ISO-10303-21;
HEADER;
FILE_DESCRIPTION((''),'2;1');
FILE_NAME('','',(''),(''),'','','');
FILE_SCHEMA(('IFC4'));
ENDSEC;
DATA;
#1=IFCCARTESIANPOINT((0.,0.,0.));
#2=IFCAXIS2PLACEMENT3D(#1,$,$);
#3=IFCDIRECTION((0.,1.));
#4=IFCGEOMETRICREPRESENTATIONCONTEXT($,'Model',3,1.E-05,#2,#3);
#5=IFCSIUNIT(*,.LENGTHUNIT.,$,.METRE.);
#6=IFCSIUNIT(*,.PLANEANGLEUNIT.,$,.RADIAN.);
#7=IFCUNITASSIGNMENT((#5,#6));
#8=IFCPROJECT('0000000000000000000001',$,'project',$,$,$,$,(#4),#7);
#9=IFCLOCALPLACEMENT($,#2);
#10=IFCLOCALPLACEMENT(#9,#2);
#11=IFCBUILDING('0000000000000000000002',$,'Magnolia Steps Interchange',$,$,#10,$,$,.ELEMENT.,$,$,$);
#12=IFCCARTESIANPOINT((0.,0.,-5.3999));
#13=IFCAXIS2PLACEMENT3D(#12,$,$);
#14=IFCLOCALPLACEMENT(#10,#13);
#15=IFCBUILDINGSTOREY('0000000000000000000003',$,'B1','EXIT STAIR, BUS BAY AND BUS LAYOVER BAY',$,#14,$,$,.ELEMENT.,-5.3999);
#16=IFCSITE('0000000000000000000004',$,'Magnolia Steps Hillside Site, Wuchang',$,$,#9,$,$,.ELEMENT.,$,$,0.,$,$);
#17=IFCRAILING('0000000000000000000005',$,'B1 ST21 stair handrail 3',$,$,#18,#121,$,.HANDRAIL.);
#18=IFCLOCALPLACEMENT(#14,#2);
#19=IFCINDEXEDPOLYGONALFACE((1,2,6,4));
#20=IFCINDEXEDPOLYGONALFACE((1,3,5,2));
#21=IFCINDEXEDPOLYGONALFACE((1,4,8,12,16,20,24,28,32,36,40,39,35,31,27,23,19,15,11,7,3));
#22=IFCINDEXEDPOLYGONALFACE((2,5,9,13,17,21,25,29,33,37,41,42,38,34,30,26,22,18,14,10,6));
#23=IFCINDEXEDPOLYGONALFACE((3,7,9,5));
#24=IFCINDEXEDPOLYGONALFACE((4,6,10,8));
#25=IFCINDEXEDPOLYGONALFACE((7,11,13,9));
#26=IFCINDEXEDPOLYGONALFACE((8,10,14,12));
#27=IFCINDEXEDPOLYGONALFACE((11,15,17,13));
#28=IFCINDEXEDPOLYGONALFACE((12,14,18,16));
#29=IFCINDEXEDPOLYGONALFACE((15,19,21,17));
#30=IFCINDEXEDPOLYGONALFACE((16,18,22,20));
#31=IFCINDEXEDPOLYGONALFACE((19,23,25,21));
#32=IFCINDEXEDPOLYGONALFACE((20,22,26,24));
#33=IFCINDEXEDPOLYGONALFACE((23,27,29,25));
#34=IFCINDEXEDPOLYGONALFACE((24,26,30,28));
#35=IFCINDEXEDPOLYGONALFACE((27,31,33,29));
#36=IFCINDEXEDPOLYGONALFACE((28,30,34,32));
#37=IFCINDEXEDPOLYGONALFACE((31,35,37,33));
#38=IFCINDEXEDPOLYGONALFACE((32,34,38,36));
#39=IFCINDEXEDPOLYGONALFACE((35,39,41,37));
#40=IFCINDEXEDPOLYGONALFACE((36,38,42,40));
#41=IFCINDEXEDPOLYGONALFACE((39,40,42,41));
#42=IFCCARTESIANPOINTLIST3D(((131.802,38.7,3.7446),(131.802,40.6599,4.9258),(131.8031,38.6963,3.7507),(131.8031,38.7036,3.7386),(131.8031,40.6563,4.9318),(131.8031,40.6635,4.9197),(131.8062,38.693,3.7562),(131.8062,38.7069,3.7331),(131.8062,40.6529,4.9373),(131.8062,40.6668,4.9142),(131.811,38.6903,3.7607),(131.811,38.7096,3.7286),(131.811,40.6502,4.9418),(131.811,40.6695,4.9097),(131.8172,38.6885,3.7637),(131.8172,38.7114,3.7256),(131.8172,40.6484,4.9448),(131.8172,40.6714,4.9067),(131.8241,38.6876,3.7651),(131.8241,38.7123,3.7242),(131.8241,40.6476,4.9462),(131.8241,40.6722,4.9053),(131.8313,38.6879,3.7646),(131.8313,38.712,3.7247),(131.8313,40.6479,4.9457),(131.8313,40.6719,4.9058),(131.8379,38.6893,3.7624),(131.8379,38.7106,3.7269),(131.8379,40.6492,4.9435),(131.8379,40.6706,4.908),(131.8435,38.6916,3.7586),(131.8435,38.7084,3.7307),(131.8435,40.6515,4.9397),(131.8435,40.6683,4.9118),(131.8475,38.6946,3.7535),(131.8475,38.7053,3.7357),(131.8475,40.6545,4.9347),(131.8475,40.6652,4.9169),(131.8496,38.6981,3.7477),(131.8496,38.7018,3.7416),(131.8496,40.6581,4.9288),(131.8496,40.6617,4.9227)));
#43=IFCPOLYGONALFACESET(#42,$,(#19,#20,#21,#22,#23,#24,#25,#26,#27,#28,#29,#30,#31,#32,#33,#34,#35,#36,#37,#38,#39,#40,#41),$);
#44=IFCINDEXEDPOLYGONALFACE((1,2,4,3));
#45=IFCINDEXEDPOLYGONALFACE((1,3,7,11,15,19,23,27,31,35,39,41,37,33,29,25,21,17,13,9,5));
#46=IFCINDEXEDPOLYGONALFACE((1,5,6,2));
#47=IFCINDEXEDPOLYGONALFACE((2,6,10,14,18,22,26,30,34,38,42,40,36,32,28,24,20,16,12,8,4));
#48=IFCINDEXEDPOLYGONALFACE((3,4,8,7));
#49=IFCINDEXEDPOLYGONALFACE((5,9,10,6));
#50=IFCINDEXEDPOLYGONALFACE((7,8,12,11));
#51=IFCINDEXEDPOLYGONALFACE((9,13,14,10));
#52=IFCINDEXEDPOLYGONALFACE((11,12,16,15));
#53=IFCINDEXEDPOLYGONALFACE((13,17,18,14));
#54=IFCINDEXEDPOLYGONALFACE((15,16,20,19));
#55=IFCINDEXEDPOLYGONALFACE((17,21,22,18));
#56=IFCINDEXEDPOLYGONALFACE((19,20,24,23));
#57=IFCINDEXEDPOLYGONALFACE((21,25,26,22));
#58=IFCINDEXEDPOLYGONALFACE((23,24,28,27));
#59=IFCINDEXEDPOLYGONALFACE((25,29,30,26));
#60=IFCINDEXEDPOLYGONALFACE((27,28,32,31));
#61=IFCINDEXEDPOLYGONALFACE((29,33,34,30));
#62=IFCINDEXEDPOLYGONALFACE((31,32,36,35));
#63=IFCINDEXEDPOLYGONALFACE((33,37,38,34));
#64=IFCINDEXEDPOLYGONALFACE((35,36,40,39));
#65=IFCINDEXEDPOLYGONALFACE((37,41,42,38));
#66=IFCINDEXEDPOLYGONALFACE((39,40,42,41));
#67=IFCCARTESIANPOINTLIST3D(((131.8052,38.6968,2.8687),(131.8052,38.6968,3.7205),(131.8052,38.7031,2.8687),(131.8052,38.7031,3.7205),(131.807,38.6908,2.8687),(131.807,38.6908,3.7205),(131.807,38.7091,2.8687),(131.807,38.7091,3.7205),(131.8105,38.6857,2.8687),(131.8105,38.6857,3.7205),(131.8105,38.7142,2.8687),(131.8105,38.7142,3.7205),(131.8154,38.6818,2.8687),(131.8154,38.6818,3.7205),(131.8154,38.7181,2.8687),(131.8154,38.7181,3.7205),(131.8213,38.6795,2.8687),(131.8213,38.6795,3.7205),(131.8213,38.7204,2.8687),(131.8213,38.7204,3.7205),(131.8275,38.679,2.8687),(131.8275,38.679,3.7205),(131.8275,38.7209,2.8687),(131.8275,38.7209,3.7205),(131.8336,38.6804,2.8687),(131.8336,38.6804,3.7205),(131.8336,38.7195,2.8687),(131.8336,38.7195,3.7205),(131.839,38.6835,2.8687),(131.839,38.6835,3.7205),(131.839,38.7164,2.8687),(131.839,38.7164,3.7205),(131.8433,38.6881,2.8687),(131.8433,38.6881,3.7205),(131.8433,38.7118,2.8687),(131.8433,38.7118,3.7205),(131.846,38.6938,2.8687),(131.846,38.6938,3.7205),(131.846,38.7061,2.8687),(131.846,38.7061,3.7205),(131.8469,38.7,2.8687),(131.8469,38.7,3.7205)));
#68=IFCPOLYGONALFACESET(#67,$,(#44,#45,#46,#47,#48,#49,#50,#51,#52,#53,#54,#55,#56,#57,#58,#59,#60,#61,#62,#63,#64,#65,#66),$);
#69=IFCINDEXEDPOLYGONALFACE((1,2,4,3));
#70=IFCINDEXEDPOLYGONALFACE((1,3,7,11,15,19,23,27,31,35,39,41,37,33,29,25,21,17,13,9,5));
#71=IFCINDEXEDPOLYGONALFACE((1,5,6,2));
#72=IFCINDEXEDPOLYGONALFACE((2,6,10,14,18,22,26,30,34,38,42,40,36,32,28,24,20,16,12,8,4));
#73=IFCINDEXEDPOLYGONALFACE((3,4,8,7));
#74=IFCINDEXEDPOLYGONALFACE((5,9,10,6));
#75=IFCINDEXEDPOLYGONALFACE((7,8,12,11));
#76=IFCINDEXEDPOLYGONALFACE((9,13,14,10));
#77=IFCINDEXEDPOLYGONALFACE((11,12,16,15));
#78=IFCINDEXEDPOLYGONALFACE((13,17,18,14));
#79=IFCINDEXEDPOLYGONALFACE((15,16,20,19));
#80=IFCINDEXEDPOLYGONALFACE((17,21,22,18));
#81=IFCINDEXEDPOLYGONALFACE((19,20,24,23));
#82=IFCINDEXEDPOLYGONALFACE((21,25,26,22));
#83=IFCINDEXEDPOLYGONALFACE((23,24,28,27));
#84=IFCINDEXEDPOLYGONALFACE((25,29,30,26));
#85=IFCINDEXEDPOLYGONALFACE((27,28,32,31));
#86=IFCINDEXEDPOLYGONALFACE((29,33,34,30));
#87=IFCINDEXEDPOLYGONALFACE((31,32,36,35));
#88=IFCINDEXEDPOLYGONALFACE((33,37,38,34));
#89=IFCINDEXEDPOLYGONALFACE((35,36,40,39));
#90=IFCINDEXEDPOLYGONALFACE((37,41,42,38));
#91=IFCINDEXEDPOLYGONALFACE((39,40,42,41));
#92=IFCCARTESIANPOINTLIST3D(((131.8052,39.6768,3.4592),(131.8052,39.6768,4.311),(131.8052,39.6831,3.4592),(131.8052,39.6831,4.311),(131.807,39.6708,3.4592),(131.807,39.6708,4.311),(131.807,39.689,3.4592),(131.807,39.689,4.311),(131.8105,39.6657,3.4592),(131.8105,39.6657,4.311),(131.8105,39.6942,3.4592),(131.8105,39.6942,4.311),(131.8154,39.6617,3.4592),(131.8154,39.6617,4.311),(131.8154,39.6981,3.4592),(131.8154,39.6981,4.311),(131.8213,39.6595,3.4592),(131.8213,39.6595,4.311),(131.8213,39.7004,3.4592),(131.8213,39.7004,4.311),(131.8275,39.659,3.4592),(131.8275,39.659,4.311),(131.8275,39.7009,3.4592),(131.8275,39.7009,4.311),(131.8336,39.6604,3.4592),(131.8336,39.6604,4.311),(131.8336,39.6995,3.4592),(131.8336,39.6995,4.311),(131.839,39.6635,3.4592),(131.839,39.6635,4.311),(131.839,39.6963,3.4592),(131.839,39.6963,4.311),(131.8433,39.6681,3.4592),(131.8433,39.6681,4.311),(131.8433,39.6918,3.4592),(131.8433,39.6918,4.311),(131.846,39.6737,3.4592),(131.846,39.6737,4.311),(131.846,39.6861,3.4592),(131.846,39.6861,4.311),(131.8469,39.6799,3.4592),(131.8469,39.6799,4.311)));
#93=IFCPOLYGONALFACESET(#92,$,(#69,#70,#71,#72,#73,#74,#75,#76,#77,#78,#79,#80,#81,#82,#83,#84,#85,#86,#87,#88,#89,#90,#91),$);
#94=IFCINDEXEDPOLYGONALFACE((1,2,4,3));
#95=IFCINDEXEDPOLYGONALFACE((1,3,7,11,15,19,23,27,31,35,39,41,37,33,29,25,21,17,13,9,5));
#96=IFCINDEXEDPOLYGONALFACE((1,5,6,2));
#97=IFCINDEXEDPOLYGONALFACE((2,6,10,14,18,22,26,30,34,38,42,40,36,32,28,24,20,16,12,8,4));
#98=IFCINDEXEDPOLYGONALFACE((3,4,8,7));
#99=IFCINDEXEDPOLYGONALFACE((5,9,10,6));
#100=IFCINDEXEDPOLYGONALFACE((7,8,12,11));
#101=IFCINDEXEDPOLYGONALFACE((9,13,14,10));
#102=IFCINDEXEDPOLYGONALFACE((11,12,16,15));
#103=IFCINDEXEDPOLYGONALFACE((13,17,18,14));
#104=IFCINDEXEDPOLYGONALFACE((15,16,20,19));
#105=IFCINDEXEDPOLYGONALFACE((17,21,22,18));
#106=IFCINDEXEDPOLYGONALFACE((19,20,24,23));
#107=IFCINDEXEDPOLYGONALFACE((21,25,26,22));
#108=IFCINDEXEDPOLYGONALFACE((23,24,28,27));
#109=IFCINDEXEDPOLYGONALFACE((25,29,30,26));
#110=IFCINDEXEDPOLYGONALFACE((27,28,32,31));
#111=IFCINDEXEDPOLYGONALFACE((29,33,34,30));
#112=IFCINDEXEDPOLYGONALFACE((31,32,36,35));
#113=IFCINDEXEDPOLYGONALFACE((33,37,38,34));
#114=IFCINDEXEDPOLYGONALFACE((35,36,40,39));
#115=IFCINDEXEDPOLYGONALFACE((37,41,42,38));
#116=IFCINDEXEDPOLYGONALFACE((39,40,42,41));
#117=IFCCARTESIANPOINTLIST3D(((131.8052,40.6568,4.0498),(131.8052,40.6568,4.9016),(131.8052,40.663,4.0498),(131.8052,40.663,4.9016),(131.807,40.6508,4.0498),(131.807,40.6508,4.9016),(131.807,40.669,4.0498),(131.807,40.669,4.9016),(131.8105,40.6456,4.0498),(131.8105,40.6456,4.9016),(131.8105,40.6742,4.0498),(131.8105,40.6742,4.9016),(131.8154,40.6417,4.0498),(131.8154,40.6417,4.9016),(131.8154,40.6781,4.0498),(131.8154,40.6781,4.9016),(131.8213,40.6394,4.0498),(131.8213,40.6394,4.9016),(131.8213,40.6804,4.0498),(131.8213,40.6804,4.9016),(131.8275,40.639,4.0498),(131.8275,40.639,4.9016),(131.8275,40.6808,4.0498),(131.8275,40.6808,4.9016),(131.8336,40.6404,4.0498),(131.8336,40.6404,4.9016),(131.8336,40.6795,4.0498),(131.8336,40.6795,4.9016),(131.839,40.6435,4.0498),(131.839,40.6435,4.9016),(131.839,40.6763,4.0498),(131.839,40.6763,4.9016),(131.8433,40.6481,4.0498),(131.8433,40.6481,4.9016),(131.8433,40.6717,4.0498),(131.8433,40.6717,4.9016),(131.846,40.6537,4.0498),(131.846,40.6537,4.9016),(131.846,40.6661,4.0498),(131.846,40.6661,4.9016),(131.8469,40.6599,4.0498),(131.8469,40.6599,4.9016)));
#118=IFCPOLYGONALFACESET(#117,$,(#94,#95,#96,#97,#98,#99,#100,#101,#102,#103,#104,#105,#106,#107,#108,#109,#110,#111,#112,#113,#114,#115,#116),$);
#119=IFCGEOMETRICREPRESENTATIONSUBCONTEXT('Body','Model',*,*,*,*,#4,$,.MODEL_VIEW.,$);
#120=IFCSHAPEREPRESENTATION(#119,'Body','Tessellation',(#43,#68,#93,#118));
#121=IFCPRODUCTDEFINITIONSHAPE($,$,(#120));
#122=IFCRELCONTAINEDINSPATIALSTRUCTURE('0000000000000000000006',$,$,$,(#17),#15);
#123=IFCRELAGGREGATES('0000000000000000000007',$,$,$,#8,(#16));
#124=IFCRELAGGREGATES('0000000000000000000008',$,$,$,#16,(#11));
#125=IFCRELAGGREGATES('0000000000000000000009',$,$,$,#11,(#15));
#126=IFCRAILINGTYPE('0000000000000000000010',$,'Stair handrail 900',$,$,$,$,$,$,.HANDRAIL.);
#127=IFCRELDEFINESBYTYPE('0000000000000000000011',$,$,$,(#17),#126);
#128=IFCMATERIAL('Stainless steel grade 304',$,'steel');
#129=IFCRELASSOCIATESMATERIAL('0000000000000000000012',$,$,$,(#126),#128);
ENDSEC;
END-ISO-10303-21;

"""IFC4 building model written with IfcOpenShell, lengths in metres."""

from ifc_helpers import new_model, si_unit, direction, frame, origin, origin_2d, place, context, subcontext, project, spatial, circle, extrude, material, type_object, element, save


model = new_model("IFC4")

# Units and contexts
model_context = context("Model", 3, precision=1e-05, world=origin(), true_north=direction((0.0, 1.0)))
body_context = subcontext(model_context, "Body", "Model", "MODEL_VIEW")
ifc_project = project(units=[si_unit("LENGTHUNIT", "METRE"), si_unit("PLANEANGLEUNIT", "RADIAN")], contexts=[model_context])

# Site, building, storey
site_placement = place(None, origin())
site = spatial("IfcSite", under=ifc_project, at=site_placement, Name="Magnolia Steps Hillside Site, Wuchang", CompositionType="ELEMENT", RefElevation=0.0)
building_placement = place(site_placement, origin())
building = spatial("IfcBuilding", under=site, at=building_placement, Name="Magnolia Steps Interchange", CompositionType="ELEMENT")
storey_placement = place(building_placement, frame((0.0, 0.0, -5.3999)))
storey = spatial("IfcBuildingStorey", under=building, at=storey_placement, Name="B1", Description="EXIT STAIR, BUS BAY AND BUS LAYOVER BAY", CompositionType="ELEMENT", Elevation=-5.3999)

# Railing
ifc_material_1 = material(Name="Stainless steel grade 304", Category="steel")
railing_type_1 = type_object("IfcRailingType", Name="Stair handrail 900", PredefinedType="HANDRAIL", material=ifc_material_1)
railing_1_placement = place(storey_placement, frame((131.8259, 38.7, 2.8687)))
element("IfcRailing", 1, at=railing_1_placement, inside=storey, type_object=railing_type_1, Name="B1 ST21 stair handrail 3", PredefinedType="HANDRAIL", context=body_context, shape_type="SweptSolid", body=[
    extrude(circle(Radius=0.0239, at=origin_2d()), frame((0.0, 0.0, 0.876), z_axis=(0.0, 0.856493, 0.516158), x_axis=(-1.0, 0.0, 0.0)), (0.0, 0.0, 1.0), 2.2883),
    extrude(circle(Radius=0.021, at=origin_2d()), origin(), (0.0, 0.0, 1.0), 0.8518),
    extrude(circle(Radius=0.021, at=origin_2d()), frame((0.0, 0.98, 0.5906)), (0.0, 0.0, 1.0), 0.8518),
    extrude(circle(Radius=0.021, at=origin_2d()), frame((0.0, 1.96, 1.1812)), (0.0, 0.0, 1.0), 0.8518),
])

save(model, "model.ifc")
